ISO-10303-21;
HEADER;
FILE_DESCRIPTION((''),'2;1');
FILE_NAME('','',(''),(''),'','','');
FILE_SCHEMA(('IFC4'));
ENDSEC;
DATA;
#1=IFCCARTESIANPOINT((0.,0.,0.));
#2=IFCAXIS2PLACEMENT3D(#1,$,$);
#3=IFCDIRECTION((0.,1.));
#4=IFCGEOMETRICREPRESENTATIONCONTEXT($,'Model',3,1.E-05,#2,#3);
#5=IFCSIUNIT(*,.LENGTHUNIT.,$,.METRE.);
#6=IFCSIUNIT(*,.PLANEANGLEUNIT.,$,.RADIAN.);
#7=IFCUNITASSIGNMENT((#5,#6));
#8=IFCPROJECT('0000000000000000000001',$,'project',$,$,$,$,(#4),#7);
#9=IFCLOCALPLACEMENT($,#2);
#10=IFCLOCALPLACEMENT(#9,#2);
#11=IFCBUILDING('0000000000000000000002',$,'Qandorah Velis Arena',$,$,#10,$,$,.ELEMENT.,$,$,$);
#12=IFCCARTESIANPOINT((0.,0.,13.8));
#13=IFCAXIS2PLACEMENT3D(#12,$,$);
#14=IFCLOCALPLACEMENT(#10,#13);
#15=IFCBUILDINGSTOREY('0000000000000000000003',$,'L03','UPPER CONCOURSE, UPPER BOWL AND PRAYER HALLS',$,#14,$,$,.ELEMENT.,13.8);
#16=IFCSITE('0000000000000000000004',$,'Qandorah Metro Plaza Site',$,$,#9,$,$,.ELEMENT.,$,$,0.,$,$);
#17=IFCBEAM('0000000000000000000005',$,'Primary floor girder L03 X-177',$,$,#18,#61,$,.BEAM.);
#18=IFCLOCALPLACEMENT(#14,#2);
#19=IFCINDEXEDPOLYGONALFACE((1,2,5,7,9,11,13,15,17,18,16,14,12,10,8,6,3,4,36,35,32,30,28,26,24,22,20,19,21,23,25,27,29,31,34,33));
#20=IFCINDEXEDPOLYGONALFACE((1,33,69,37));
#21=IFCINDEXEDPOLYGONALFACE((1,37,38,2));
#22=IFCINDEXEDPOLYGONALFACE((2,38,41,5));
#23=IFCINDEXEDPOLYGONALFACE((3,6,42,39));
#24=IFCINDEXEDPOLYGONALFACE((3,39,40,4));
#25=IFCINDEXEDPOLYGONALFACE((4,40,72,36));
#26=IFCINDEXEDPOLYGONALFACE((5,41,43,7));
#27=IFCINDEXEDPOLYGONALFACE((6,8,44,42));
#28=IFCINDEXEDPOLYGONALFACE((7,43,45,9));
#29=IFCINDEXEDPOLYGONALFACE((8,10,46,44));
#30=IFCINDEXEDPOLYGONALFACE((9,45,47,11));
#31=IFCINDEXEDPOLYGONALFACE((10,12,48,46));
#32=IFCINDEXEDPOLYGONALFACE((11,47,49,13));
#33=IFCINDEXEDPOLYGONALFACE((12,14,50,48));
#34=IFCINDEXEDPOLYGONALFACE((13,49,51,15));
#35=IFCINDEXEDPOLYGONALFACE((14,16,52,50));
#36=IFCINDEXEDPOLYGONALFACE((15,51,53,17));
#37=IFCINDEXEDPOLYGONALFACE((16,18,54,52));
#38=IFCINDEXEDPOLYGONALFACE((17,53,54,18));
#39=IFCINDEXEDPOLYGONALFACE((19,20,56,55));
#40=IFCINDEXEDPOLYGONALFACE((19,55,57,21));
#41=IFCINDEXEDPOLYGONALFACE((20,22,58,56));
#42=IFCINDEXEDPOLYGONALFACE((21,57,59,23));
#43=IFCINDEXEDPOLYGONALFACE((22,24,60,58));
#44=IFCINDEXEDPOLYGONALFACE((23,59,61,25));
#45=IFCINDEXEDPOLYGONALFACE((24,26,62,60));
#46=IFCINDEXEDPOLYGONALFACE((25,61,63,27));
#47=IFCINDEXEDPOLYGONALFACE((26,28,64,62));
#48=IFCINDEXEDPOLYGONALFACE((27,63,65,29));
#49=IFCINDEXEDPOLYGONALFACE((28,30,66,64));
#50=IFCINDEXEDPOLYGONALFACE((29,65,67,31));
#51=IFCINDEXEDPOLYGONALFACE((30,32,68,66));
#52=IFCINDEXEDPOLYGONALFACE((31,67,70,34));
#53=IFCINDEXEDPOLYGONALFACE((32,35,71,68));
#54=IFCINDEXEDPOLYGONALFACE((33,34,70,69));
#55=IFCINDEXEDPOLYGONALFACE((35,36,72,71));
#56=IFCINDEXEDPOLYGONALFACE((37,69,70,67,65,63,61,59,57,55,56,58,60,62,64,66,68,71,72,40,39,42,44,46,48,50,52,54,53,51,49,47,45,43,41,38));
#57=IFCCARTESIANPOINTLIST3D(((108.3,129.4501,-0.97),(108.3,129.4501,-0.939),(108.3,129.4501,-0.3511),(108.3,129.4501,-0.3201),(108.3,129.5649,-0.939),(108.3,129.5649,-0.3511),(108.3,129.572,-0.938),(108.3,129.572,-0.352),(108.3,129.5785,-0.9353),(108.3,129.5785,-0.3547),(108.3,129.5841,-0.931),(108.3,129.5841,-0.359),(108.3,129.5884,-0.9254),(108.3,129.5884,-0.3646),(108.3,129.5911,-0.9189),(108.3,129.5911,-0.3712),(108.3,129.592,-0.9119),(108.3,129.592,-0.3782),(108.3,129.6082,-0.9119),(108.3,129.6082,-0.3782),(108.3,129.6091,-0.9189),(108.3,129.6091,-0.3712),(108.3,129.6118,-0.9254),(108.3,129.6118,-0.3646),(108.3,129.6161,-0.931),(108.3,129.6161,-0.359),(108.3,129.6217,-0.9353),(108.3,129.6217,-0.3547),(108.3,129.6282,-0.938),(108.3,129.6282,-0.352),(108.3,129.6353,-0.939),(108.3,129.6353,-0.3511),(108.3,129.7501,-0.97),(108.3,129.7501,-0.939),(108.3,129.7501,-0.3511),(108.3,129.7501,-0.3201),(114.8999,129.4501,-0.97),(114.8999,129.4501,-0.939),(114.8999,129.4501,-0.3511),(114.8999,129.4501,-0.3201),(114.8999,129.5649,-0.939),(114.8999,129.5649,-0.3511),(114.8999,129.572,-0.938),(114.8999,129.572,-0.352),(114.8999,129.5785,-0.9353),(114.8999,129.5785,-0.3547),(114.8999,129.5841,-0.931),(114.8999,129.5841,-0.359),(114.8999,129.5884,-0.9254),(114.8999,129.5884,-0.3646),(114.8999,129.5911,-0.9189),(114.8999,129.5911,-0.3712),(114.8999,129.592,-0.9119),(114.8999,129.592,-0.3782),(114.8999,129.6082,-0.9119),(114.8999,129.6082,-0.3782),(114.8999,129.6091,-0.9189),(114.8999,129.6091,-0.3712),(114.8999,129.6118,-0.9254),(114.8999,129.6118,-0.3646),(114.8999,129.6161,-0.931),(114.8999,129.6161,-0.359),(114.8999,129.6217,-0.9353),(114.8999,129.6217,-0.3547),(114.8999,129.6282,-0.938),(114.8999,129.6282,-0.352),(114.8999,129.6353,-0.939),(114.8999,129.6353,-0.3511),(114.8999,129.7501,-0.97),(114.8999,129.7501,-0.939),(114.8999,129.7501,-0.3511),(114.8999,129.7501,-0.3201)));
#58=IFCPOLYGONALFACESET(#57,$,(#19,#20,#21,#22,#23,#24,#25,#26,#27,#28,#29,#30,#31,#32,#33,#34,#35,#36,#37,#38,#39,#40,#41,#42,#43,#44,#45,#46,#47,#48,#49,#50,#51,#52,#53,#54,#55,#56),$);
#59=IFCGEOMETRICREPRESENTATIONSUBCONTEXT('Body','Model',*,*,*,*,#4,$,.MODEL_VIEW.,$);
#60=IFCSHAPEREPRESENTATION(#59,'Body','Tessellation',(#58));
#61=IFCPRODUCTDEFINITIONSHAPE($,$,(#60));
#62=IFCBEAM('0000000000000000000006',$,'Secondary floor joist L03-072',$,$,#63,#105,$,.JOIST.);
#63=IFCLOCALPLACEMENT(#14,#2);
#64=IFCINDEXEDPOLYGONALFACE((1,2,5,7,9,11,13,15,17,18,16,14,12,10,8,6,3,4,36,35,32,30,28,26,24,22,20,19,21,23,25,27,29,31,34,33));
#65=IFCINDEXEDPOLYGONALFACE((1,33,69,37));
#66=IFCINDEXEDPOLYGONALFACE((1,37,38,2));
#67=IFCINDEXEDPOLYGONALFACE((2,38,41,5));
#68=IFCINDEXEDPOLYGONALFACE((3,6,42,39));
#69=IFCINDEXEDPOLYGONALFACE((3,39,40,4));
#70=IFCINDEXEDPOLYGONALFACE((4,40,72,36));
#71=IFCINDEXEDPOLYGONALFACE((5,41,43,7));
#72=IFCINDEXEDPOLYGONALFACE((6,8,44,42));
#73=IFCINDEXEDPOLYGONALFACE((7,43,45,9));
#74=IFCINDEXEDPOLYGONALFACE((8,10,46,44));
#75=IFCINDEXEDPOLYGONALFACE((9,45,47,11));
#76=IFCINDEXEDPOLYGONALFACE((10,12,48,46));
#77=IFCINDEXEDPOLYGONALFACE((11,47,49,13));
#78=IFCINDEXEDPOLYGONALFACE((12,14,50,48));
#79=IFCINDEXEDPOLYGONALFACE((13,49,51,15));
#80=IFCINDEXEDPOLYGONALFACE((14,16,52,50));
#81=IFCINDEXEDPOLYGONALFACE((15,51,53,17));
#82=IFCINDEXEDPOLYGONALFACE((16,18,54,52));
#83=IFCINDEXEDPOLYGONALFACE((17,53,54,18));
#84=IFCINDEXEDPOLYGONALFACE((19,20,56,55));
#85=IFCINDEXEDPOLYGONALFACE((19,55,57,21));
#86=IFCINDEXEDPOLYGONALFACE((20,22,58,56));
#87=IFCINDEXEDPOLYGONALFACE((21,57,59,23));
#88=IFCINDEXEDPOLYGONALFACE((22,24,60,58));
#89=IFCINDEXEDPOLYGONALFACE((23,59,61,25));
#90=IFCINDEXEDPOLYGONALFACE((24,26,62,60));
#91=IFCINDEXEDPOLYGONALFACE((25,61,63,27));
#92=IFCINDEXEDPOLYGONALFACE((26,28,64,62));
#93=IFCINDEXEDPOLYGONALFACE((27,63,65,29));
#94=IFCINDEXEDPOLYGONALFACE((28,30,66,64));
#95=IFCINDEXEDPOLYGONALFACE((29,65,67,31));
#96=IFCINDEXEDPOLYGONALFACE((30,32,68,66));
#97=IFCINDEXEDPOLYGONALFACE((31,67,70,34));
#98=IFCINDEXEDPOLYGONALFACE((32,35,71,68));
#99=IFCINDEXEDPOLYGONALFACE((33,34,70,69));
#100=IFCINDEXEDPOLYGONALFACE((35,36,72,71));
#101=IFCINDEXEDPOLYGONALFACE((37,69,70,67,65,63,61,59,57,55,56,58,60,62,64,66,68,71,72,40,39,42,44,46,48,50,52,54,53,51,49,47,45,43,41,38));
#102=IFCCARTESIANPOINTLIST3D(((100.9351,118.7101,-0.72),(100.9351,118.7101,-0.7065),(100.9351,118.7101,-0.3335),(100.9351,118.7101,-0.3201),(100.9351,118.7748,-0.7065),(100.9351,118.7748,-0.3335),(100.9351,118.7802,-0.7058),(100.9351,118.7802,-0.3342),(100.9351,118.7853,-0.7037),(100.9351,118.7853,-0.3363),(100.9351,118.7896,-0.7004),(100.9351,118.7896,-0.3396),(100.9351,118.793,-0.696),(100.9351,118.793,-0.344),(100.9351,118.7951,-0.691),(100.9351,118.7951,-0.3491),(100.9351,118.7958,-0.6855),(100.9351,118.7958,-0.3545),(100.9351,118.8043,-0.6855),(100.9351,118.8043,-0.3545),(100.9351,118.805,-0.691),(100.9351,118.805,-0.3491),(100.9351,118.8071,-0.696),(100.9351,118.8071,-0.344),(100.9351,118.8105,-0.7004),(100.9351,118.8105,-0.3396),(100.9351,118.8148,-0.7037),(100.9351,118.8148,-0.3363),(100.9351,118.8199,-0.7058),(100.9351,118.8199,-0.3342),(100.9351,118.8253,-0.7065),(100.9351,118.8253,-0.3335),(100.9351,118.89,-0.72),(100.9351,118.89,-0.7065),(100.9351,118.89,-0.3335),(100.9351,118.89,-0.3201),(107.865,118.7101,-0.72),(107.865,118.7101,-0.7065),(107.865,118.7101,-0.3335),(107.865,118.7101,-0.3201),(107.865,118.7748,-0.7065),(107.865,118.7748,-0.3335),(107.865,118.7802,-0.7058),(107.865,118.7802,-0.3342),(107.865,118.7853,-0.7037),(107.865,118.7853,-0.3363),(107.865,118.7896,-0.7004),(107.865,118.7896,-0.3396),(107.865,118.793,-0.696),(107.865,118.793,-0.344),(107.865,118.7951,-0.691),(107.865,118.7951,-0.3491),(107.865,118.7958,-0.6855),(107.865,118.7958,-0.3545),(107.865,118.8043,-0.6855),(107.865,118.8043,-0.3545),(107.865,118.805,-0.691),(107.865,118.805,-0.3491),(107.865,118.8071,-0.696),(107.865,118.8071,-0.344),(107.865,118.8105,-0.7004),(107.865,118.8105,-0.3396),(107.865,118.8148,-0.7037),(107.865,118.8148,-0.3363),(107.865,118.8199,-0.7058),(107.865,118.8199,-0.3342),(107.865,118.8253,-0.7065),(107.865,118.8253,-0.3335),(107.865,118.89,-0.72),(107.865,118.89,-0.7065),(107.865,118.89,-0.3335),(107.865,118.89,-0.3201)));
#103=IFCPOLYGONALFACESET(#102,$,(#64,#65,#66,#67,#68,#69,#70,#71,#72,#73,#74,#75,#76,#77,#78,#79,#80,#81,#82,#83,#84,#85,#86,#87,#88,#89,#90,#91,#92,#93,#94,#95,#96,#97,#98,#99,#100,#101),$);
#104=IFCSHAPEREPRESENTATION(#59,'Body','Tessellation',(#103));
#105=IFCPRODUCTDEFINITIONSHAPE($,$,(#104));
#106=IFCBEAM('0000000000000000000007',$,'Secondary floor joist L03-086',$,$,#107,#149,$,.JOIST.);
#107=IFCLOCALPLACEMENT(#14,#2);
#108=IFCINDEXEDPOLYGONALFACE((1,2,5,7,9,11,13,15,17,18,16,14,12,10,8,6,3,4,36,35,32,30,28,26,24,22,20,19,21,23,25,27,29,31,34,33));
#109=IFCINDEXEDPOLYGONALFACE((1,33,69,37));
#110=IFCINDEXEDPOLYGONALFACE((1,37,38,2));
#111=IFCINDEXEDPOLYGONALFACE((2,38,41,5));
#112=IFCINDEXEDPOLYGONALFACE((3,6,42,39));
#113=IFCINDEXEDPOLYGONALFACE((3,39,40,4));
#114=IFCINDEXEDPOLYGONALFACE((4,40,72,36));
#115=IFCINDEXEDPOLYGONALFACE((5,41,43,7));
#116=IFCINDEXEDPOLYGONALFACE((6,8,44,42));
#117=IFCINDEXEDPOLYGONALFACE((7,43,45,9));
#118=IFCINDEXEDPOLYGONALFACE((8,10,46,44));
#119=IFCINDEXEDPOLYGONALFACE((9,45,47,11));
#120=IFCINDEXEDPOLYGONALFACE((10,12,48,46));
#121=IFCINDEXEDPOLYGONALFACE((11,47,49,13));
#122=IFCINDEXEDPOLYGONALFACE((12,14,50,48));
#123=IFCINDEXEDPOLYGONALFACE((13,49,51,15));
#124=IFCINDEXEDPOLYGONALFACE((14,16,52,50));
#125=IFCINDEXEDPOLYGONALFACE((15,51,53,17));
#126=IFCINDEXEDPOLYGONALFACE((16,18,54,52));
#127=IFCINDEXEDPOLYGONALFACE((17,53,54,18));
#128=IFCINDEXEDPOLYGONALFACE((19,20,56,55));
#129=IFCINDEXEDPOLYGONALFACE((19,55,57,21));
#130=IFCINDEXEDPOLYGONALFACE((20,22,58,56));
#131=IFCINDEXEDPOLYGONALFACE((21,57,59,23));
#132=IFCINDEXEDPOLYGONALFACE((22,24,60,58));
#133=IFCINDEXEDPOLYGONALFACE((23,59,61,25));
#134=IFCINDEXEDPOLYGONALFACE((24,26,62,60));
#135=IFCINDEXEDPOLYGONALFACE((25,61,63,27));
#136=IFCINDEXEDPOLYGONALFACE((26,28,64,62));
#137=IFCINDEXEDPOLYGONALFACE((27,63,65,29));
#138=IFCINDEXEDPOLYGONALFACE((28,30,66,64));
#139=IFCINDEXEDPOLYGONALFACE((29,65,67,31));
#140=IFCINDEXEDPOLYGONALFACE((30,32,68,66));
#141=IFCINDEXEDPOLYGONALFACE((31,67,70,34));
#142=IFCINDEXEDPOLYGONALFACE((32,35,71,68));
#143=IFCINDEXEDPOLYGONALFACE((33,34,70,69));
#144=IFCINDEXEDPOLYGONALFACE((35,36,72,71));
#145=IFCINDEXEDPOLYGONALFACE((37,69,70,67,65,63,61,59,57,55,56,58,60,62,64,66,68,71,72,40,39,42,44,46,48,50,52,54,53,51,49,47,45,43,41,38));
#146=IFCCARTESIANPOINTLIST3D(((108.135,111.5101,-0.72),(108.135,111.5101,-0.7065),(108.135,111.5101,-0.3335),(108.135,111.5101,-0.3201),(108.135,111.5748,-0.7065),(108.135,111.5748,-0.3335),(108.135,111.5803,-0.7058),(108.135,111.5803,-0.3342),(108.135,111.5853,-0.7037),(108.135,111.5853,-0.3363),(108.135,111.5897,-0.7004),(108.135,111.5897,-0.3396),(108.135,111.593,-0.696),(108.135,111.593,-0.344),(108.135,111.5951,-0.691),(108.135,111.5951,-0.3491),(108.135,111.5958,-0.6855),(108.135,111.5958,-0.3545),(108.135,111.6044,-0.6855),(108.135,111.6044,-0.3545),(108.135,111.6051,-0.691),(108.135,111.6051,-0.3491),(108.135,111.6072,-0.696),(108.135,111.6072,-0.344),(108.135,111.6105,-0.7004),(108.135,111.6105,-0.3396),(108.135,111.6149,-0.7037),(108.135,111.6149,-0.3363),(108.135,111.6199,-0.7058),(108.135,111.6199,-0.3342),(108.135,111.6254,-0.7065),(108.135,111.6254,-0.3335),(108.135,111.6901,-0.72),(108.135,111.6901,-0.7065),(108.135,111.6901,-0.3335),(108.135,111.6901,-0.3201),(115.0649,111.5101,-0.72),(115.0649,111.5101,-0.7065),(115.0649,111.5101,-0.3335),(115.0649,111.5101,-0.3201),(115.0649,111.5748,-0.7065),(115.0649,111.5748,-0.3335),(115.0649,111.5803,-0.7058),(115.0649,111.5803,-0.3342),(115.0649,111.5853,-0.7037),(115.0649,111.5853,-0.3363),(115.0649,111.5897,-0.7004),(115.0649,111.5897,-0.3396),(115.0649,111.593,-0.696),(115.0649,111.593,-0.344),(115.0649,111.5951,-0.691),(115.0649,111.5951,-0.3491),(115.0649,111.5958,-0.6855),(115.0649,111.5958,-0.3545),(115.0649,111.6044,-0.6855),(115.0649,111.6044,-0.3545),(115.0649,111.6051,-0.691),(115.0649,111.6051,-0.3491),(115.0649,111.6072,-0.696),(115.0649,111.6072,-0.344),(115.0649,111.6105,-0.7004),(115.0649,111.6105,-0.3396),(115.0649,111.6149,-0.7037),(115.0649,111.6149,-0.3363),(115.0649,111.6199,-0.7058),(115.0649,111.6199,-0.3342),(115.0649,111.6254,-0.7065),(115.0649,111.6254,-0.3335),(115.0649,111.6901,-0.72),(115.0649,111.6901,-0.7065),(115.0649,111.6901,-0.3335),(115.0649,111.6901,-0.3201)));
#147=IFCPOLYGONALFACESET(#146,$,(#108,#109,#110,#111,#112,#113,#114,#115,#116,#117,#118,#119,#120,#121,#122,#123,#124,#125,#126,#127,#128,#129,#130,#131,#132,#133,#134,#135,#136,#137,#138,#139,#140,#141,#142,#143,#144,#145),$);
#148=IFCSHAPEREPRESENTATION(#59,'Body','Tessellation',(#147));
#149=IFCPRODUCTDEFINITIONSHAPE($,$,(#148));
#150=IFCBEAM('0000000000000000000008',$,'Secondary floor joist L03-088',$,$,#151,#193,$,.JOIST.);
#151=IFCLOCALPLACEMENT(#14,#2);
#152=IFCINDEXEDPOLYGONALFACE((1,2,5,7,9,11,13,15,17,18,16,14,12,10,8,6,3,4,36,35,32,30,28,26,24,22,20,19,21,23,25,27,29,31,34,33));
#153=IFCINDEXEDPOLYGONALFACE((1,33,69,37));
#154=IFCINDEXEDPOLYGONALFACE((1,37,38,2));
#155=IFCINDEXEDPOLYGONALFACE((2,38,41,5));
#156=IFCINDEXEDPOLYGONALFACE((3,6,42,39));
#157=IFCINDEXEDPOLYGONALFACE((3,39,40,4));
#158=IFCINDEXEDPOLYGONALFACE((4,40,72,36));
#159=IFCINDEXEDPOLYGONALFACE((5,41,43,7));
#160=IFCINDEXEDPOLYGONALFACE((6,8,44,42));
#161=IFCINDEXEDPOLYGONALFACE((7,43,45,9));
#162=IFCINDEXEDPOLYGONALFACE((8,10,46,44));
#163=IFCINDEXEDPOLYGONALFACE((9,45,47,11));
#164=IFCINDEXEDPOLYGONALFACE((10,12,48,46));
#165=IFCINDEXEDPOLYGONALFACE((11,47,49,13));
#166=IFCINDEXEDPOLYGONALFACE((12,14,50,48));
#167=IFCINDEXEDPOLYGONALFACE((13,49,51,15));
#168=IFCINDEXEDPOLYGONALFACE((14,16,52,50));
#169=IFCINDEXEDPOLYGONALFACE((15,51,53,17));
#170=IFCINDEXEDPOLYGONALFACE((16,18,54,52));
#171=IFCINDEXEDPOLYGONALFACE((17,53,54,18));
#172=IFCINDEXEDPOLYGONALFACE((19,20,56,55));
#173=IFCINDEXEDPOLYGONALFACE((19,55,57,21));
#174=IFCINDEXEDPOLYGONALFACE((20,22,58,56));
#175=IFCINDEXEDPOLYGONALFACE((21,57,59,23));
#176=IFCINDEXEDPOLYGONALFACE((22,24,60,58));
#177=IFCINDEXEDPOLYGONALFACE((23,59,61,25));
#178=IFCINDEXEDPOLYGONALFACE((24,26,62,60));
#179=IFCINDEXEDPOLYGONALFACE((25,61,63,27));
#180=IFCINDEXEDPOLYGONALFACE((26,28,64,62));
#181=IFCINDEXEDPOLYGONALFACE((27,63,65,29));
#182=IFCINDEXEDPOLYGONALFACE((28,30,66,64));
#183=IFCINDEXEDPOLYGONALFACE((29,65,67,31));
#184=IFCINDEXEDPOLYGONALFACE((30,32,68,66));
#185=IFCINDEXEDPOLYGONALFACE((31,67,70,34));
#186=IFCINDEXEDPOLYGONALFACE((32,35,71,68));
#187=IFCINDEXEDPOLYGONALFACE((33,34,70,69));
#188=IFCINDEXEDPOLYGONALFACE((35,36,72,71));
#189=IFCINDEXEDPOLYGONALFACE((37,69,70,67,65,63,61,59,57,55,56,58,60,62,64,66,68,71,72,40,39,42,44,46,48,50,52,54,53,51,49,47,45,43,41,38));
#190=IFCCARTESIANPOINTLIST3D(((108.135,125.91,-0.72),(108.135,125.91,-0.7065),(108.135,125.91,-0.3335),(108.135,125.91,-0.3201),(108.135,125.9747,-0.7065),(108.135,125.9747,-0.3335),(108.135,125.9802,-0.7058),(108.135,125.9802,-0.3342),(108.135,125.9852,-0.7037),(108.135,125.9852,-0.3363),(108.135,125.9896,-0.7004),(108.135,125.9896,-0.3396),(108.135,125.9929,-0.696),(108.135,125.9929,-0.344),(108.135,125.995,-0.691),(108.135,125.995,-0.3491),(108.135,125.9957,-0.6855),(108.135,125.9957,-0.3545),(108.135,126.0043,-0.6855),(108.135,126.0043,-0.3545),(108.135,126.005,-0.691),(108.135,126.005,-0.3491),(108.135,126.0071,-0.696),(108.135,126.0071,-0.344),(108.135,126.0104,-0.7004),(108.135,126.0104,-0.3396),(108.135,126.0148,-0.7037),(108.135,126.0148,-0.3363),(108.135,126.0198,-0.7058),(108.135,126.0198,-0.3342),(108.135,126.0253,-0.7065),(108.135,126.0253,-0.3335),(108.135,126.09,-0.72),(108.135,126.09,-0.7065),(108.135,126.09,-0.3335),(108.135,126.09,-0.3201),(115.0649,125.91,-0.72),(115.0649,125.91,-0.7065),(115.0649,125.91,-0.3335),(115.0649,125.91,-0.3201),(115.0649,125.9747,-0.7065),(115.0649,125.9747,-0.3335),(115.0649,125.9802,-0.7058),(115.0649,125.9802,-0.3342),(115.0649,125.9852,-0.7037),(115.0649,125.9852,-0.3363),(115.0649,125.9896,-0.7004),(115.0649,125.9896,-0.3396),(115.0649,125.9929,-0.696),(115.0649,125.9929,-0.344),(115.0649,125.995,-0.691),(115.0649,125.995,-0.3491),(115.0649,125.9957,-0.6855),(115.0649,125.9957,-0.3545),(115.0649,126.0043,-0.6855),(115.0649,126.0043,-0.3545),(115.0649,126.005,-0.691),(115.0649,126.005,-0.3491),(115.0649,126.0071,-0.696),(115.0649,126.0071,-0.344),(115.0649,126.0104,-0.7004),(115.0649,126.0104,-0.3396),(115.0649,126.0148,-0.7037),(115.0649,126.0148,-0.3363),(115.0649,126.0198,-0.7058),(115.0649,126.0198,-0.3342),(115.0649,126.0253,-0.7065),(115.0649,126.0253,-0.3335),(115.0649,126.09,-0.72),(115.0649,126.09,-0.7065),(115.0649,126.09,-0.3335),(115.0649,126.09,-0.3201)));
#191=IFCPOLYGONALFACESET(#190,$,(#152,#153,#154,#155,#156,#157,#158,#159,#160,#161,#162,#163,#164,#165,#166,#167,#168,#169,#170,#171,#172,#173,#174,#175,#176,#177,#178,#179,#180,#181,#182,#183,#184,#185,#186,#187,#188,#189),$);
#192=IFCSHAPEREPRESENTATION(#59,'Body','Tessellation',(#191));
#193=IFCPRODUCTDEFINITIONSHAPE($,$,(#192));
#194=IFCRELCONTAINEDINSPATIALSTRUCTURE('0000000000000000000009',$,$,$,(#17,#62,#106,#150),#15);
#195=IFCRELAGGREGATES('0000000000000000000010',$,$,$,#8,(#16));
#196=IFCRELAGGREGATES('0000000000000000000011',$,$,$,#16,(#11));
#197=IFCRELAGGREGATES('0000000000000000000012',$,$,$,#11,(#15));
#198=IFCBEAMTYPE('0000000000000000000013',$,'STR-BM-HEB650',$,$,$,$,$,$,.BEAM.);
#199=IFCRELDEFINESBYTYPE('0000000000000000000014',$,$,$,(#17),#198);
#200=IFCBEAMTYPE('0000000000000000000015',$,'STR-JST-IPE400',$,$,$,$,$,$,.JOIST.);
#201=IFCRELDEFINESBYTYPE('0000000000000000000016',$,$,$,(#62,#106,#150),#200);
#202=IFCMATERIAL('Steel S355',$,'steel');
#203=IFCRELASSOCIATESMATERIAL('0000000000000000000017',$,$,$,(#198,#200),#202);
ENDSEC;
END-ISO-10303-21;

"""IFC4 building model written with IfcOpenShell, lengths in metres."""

from ifc_helpers import new_model, si_unit, direction, frame, origin, origin_2d, place, context, subcontext, project, spatial, i_section, extrude, material, material_profile, profile_set, type_object, element, save


model = new_model("IFC4")

# Units and contexts
model_context = context("Model", 3, precision=1e-05, world=origin(), true_north=direction((0.0, 1.0)))
body_context = subcontext(model_context, "Body", "Model", "MODEL_VIEW")
ifc_project = project(units=[si_unit("LENGTHUNIT", "METRE"), si_unit("PLANEANGLEUNIT", "RADIAN")], contexts=[model_context])

# Site, building, storey
site_placement = place(None, origin())
site = spatial("IfcSite", under=ifc_project, at=site_placement, Name="Qandorah Metro Plaza Site", CompositionType="ELEMENT", RefElevation=0.0)
building_placement = place(site_placement, origin())
building = spatial("IfcBuilding", under=site, at=building_placement, Name="Qandorah Velis Arena", CompositionType="ELEMENT")
storey_placement = place(building_placement, frame((0.0, 0.0, 13.8)))
storey = spatial("IfcBuildingStorey", under=building, at=storey_placement, Name="L03", Description="UPPER CONCOURSE, UPPER BOWL AND PRAYER HALLS", CompositionType="ELEMENT", Elevation=13.8)

# Beams
ifc_material_1 = material(Name="Steel S355", Category="steel")
ifc_material_profile_1 = material_profile(ifc_material_1, i_section(OverallWidth=0.3, OverallDepth=0.6499, WebThickness=0.0161, FlangeThickness=0.031, FilletRadius=0.0271, at=origin_2d()), Name="HEB 650")
ifc_profile_set_1 = profile_set([ifc_material_profile_1], Name="Steel S355")
beam_type_1 = type_object("IfcBeamType", Name="STR-BM-HEB650", PredefinedType="BEAM", material=ifc_profile_set_1)
for number, where, z_axis, x_axis, name in (
    (1, (108.3, 129.6001, -0.645), (1.0, 0.0, 0.0), (0.0, 1.0, 0.0), "Primary floor girder L03 X-177"),
):
    element("IfcBeam", number, at=place(storey_placement, frame(where, z_axis=z_axis, x_axis=x_axis)), inside=storey, type_object=beam_type_1, Name=name, PredefinedType="BEAM", context=body_context, shape_type="SweptSolid", body=[
        extrude(i_section(OverallWidth=0.3, OverallDepth=0.6499, WebThickness=0.0161, FlangeThickness=0.031, FilletRadius=0.0271, at=origin_2d()), origin(), (0.0, 0.0, 1.0), 6.5999),
    ])
ifc_material_profile_2 = material_profile(ifc_material_1, i_section(OverallWidth=0.1799, OverallDepth=0.3999, WebThickness=0.0085, FlangeThickness=0.0134, FilletRadius=0.021, at=origin_2d()), Name="IPE 400")
ifc_profile_set_2 = profile_set([ifc_material_profile_2], Name="Steel S355")
beam_type_2 = type_object("IfcBeamType", Name="STR-JST-IPE400", PredefinedType="JOIST", material=ifc_profile_set_2)
for number, where, z_axis, x_axis, name in (
    (2, (100.9351, 118.8, -0.52), (1.0, 0.0, 0.0), (0.0, 1.0, 0.0), "Secondary floor joist L03-072"),
    (3, (108.135, 111.6001, -0.52), (1.0, 0.0, 0.0), (0.0, 1.0, 0.0), "Secondary floor joist L03-086"),
    (4, (108.135, 126.0, -0.52), (1.0, 0.0, 0.0), (0.0, 1.0, 0.0), "Secondary floor joist L03-088"),
):
    element("IfcBeam", number, at=place(storey_placement, frame(where, z_axis=z_axis, x_axis=x_axis)), inside=storey, type_object=beam_type_2, Name=name, PredefinedType="JOIST", context=body_context, shape_type="SweptSolid", body=[
        extrude(i_section(OverallWidth=0.1799, OverallDepth=0.3999, WebThickness=0.0085, FlangeThickness=0.0134, FilletRadius=0.021, at=origin_2d()), origin(), (0.0, 0.0, 1.0), 6.9299),
    ])

save(model, "model.ifc")
